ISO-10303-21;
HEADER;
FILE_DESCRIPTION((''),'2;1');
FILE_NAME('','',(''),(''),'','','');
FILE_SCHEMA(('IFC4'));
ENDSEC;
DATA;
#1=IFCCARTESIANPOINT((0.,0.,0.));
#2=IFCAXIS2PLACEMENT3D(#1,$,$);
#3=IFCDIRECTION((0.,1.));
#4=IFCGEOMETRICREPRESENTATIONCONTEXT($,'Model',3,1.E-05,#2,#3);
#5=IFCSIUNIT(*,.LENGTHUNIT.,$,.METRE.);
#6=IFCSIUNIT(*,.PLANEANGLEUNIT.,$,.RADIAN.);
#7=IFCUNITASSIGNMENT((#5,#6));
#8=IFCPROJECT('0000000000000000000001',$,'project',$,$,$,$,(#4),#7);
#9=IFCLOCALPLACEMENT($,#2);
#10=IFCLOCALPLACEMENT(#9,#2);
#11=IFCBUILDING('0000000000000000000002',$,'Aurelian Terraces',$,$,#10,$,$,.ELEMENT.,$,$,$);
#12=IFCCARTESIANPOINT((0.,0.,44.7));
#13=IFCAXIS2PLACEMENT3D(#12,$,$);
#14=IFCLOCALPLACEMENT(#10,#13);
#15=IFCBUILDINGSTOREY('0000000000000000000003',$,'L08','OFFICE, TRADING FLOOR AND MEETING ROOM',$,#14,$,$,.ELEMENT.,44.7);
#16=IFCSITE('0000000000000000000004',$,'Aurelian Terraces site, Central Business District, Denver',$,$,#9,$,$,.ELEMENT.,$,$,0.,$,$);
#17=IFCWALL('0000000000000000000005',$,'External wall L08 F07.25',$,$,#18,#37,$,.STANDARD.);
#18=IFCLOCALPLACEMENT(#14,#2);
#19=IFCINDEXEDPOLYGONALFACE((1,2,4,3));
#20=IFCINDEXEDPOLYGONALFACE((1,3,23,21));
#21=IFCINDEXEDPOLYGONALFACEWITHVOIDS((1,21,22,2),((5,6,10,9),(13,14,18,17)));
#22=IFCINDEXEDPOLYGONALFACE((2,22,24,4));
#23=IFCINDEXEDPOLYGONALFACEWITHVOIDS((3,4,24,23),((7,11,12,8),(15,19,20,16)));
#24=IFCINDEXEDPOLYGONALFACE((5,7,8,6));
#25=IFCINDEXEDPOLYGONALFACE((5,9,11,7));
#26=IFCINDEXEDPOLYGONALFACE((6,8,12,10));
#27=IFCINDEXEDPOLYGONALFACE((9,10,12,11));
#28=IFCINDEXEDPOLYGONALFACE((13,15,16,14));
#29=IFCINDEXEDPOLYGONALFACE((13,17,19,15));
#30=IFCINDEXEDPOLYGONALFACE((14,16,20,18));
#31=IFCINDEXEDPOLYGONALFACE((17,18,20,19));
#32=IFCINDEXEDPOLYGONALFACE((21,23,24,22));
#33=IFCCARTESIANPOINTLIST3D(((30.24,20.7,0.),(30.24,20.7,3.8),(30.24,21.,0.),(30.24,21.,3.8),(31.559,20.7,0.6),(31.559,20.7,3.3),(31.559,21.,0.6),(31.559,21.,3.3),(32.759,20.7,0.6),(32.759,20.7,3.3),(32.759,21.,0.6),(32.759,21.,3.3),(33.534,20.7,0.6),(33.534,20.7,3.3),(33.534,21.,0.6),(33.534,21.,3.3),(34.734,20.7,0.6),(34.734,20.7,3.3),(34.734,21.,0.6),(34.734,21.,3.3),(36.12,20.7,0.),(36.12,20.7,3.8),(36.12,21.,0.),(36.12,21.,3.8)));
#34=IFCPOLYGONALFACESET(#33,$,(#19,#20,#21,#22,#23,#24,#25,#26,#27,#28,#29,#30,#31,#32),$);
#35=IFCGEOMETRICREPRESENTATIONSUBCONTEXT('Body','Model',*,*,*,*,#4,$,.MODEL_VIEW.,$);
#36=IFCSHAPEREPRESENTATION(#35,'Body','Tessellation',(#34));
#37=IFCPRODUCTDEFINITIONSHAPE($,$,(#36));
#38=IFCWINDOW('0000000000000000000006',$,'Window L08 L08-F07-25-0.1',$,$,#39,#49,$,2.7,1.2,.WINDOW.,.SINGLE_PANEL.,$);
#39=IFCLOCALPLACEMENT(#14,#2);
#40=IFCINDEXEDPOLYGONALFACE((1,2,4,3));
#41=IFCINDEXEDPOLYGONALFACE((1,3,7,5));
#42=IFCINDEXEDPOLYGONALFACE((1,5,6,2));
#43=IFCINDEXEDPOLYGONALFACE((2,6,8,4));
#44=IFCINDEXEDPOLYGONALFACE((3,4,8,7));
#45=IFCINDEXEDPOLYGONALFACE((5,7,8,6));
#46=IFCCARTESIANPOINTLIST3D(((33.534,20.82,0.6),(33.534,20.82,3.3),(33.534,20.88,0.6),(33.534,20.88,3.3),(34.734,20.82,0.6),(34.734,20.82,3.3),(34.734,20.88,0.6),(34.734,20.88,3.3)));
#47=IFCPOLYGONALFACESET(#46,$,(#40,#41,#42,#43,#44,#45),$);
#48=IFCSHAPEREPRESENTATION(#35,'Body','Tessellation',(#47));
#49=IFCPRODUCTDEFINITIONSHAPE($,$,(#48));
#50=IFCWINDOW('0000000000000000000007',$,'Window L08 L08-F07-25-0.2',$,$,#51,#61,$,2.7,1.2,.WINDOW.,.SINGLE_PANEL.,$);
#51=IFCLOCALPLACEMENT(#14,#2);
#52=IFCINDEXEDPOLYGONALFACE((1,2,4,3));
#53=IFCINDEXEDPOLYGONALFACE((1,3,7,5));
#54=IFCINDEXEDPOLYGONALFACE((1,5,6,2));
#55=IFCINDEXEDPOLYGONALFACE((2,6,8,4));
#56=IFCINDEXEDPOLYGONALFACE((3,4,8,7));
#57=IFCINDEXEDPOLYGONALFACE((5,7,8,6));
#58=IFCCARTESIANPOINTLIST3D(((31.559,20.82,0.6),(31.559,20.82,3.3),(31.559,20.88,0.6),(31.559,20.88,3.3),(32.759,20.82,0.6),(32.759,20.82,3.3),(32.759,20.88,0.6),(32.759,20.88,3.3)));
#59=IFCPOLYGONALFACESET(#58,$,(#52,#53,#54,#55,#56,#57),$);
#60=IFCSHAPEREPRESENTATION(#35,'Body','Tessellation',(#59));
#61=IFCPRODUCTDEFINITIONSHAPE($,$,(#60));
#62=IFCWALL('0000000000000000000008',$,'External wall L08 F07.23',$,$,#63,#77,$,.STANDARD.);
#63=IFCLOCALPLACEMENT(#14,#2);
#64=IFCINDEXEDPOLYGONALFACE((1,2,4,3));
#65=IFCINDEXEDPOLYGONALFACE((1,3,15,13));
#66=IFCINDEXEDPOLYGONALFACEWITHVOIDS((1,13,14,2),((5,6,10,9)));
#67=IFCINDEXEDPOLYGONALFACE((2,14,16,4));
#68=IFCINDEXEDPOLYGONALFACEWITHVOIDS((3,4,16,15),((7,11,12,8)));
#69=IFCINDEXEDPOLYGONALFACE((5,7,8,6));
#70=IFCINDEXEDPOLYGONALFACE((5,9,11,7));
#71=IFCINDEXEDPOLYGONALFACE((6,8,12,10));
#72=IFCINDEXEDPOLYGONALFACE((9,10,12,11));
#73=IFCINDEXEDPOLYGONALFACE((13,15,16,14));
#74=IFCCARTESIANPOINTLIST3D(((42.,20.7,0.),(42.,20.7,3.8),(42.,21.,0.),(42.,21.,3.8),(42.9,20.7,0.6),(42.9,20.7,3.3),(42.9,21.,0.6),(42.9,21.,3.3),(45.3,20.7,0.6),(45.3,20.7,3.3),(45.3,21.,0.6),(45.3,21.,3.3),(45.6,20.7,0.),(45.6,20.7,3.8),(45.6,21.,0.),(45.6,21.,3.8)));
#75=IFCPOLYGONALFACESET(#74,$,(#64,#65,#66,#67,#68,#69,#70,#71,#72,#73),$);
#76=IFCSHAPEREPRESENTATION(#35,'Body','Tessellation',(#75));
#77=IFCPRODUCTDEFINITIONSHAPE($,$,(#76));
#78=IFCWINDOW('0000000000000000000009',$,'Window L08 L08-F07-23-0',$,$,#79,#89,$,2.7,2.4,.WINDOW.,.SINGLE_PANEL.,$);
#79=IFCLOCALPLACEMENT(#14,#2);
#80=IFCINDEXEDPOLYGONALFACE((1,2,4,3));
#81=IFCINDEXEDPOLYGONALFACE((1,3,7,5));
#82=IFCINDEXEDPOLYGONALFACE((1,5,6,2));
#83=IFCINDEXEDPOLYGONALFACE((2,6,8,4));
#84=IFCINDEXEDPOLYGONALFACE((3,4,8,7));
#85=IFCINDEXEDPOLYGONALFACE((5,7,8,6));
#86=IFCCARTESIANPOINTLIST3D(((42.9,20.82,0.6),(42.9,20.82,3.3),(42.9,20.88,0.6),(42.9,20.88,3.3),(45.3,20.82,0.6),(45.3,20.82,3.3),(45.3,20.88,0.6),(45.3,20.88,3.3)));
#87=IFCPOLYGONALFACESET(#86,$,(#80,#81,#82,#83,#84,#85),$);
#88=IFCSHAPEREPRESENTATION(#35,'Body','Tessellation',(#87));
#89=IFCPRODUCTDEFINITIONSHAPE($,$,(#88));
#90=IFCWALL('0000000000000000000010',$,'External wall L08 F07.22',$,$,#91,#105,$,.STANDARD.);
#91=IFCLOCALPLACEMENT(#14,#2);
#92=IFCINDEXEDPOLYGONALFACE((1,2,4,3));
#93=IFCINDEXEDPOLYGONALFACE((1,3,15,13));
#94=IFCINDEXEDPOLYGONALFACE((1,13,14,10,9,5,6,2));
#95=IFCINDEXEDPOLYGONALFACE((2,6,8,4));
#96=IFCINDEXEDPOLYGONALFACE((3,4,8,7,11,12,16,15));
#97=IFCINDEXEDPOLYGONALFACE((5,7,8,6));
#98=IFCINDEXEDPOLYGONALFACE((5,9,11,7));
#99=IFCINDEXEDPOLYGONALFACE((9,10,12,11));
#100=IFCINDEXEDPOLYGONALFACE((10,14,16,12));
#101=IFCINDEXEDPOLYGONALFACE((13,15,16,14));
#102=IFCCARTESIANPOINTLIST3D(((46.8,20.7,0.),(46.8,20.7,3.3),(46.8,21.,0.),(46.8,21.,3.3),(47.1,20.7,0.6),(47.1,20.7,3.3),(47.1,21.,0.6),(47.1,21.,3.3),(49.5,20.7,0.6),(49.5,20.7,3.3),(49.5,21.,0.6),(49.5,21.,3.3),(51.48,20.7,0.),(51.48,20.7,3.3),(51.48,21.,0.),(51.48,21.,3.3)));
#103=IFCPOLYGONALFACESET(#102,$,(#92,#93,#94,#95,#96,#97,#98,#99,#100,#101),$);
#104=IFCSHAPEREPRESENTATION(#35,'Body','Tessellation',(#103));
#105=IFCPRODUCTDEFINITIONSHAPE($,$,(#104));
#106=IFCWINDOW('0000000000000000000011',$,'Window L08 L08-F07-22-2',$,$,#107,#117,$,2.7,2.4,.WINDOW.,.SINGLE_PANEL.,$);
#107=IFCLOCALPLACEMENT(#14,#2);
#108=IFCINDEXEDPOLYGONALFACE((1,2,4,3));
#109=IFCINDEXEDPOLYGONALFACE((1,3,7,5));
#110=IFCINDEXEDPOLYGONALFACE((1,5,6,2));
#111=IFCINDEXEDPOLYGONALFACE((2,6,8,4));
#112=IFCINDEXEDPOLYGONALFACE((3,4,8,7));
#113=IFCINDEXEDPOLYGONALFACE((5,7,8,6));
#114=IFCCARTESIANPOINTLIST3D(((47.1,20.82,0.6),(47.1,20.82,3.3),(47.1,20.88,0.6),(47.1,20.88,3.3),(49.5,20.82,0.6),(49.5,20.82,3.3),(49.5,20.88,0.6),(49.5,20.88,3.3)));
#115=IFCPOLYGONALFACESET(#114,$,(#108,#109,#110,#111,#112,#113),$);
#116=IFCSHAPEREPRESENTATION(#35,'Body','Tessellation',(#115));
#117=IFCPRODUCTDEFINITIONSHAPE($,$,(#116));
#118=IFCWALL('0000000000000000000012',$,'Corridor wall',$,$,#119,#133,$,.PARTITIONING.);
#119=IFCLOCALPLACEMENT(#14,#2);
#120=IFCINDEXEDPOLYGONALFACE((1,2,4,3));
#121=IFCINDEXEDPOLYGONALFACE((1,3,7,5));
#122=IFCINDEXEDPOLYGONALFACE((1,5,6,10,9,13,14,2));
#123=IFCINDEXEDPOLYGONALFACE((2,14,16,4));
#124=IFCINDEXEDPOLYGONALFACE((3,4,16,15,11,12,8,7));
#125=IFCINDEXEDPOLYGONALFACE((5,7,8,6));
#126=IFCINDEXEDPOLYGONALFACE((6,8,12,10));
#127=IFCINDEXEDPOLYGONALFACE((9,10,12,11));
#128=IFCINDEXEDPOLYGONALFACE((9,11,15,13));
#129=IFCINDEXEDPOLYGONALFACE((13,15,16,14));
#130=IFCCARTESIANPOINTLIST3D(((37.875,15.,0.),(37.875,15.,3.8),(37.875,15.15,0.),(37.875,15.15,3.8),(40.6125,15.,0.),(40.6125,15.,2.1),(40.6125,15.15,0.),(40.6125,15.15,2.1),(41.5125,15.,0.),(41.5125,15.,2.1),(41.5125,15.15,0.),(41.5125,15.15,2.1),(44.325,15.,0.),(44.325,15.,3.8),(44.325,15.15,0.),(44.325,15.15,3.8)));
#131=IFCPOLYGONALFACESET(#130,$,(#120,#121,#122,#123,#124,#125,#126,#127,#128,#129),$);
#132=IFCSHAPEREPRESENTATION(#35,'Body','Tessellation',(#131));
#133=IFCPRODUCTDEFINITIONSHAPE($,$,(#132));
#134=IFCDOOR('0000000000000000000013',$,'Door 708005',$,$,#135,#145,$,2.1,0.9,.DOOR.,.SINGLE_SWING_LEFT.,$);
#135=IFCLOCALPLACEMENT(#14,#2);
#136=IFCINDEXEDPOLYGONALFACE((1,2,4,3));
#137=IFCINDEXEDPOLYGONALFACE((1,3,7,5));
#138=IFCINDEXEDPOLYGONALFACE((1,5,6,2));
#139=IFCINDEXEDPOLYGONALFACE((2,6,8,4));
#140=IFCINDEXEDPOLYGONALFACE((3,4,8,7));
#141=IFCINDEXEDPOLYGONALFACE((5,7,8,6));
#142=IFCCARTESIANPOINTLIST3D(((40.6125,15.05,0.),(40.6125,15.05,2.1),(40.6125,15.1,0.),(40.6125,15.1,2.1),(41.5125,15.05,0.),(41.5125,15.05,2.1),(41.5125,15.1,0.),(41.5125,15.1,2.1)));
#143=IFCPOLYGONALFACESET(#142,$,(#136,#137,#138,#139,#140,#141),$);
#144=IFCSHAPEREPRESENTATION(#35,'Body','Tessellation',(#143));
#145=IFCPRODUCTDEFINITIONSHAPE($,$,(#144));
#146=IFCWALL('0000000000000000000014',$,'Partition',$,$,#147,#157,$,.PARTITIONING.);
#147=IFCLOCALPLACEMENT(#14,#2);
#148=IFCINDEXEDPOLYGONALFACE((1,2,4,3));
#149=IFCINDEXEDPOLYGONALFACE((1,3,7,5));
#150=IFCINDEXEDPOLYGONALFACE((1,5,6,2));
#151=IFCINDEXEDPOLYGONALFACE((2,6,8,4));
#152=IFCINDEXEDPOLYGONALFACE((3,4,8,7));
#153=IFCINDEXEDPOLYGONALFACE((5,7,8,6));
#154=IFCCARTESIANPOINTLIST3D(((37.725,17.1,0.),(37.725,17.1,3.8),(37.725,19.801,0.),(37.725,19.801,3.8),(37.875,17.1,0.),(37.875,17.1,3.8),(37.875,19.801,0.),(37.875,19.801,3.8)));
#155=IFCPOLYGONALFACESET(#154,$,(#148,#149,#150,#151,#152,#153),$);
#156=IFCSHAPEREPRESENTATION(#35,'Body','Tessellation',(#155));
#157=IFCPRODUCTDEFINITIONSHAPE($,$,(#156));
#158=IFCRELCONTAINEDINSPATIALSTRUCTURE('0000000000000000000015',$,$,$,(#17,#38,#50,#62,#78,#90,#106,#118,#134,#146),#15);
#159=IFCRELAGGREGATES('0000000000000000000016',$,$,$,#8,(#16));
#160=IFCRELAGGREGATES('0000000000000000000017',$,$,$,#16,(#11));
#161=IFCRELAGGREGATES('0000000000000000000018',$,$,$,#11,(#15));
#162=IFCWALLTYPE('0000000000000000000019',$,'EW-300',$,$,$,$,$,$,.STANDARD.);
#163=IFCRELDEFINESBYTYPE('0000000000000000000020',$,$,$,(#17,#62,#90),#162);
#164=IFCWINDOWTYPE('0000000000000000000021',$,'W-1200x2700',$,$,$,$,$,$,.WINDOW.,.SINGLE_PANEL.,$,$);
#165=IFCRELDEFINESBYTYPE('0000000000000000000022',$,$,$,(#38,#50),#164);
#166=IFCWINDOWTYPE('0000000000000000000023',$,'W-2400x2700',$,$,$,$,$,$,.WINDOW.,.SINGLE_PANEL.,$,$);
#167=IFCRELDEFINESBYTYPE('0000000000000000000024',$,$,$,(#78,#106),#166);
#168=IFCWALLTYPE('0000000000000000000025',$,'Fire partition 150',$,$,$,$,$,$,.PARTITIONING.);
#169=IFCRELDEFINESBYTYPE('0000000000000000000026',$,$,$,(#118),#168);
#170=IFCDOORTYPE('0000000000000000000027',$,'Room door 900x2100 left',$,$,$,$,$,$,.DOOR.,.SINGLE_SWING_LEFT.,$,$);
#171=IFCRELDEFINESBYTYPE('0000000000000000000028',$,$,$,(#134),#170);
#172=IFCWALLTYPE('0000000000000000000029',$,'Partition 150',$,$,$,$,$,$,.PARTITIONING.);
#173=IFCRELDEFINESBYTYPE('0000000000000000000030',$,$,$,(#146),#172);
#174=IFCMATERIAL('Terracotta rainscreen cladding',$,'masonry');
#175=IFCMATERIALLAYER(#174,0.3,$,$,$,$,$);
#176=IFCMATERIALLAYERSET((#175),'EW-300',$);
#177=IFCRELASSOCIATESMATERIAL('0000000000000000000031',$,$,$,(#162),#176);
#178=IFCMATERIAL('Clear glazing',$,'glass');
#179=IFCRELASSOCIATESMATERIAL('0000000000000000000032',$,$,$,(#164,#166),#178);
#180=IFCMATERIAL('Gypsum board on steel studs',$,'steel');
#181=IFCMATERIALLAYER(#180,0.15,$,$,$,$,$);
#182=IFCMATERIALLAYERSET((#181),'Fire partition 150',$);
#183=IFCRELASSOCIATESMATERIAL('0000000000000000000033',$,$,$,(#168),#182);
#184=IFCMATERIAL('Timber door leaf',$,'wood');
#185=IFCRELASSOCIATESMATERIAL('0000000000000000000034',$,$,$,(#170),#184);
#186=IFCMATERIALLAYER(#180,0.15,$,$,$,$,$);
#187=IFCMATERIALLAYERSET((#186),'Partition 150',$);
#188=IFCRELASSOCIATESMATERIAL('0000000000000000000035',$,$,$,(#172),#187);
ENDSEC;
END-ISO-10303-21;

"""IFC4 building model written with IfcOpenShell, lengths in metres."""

from ifc_helpers import new_model, si_unit, direction, frame, frame_2d, origin, place, context, subcontext, project, spatial, rectangle, extrude, source, transform, mapped, material, layer, layer_set, type_object, element, fill, save


model = new_model("IFC4")

# Units and contexts
model_context = context("Model", 3, precision=1e-05, world=origin(), true_north=direction((0.0, 1.0)))
body_context = subcontext(model_context, "Body", "Model", "MODEL_VIEW")
ifc_project = project(units=[si_unit("LENGTHUNIT", "METRE"), si_unit("PLANEANGLEUNIT", "RADIAN")], contexts=[model_context])

# Site, building, storey
site_placement = place(None, origin())
site = spatial("IfcSite", under=ifc_project, at=site_placement, Name="Aurelian Terraces site, Central Business District, Denver", CompositionType="ELEMENT", RefElevation=0.0)
building_placement = place(site_placement, origin())
building = spatial("IfcBuilding", under=site, at=building_placement, Name="Aurelian Terraces", CompositionType="ELEMENT")
storey_placement = place(building_placement, frame((0.0, 0.0, 44.7)))
storey = spatial("IfcBuildingStorey", under=building, at=storey_placement, Name="L08", Description="OFFICE, TRADING FLOOR AND MEETING ROOM", CompositionType="ELEMENT", Elevation=44.7)

# Shared definitions
ifc_material_1 = material(Name="Terracotta rainscreen cladding", Category="masonry")
ifc_layer_1 = layer(ifc_material_1, 0.3)
ifc_layer_set_1 = layer_set([ifc_layer_1], Name="EW-300")
wall_type_1 = type_object("IfcWallType", Name="EW-300", PredefinedType="STANDARD", material=ifc_layer_set_1)

# Shared definitions
shared_shape_1 = source(origin(), body_context, "Body", "SweptSolid", [
    extrude(rectangle(XDim=5.88, YDim=0.3, at=frame_2d((2.94, 0.0))), origin(), (0.0, 0.0, 1.0), 3.8),
])
ifc_material_2 = material(Name="Clear glazing", Category="glass")

# Wall, openings, windows
wall_1_placement = place(storey_placement, frame((36.12, 20.85, 0.0), z_axis=(0.0, 0.0, 1.0), x_axis=(-1.0, 0.0, 0.0)))
wall_1 = element("IfcWall", 1, at=wall_1_placement, inside=storey, type_object=wall_type_1, Name="External wall L08 F07.25", PredefinedType="STANDARD", context=body_context, shape_type="MappedRepresentation", body=[
    mapped(shared_shape_1, transform((0.0, 0.0, 0.0), scale=1.0)),
])
shared_shape_2 = source(origin(), body_context, "Body", "SweptSolid", [
    extrude(rectangle(XDim=1.2, YDim=2.7, at=frame_2d((0.6, 1.35))), frame((0.0, 0.16, 0.0), z_axis=(0.0, -1.0, 0.0), x_axis=(1.0, 0.0, 0.0)), (0.0, 0.0, 1.0), 0.32),
])
opening_1_placement = place(wall_1_placement, frame((1.386, 0.0, 0.6)))
opening_1 = element("IfcOpeningElement", 2, at=opening_1_placement, cuts=wall_1, PredefinedType="OPENING", context=body_context, shape_type="MappedRepresentation", body=[
    mapped(shared_shape_2, transform((0.0, 0.0, 0.0), scale=1.0)),
])
opening_2_placement = place(wall_1_placement, frame((3.361, 0.0, 0.6)))
opening_2 = element("IfcOpeningElement", 3, at=opening_2_placement, cuts=wall_1, PredefinedType="OPENING", context=body_context, shape_type="MappedRepresentation", body=[
    mapped(shared_shape_2, transform((0.0, 0.0, 0.0), scale=1.0)),
])
window_type_1 = type_object("IfcWindowType", Name="W-1200x2700", PartitioningType="SINGLE_PANEL", PredefinedType="WINDOW", material=ifc_material_2)
shared_shape_3 = source(origin(), body_context, "Body", "SweptSolid", [
    extrude(rectangle(XDim=1.2, YDim=2.7, at=frame_2d((0.6, 1.35))), frame((0.0, 0.03, 0.0), z_axis=(0.0, -1.0, 0.0), x_axis=(1.0, 0.0, 0.0)), (0.0, 0.0, 1.0), 0.06),
])
window_1_placement = place(opening_1_placement, origin())
window_1 = element("IfcWindow", 4, at=window_1_placement, inside=storey, type_object=window_type_1, Name="Window L08 L08-F07-25-0.1", OverallHeight=2.7, OverallWidth=1.2, PartitioningType="SINGLE_PANEL", PredefinedType="WINDOW", context=body_context, shape_type="MappedRepresentation", body=[
    mapped(shared_shape_3, transform((0.0, 0.0, 0.0), scale=1.0)),
])
fill(opening_1, window_1)
window_2_placement = place(opening_2_placement, origin())
window_2 = element("IfcWindow", 5, at=window_2_placement, inside=storey, type_object=window_type_1, Name="Window L08 L08-F07-25-0.2", OverallHeight=2.7, OverallWidth=1.2, PartitioningType="SINGLE_PANEL", PredefinedType="WINDOW", context=body_context, shape_type="MappedRepresentation", body=[
    mapped(shared_shape_3, transform((0.0, 0.0, 0.0), scale=1.0)),
])
fill(opening_2, window_2)

# Walls, openings, windows
shared_shape_4 = source(origin(), body_context, "Body", "SweptSolid", [
    extrude(rectangle(XDim=3.6, YDim=0.3, at=frame_2d((1.8, 0.0))), origin(), (0.0, 0.0, 1.0), 3.8),
])
wall_2_placement = place(storey_placement, frame((45.6, 20.85, 0.0), z_axis=(0.0, 0.0, 1.0), x_axis=(-1.0, 0.0, 0.0)))
wall_2 = element("IfcWall", 6, at=wall_2_placement, inside=storey, type_object=wall_type_1, Name="External wall L08 F07.23", PredefinedType="STANDARD", context=body_context, shape_type="MappedRepresentation", body=[
    mapped(shared_shape_4, transform((0.0, 0.0, 0.0), scale=1.0)),
])
shared_shape_5 = source(origin(), body_context, "Body", "SweptSolid", [
    extrude(rectangle(XDim=2.4, YDim=2.7, at=frame_2d((1.2, 1.35))), frame((0.0, 0.16, 0.0), z_axis=(0.0, -1.0, 0.0), x_axis=(1.0, 0.0, 0.0)), (0.0, 0.0, 1.0), 0.32),
])
opening_3_placement = place(wall_2_placement, frame((0.3, 0.0, 0.6)))
opening_3 = element("IfcOpeningElement", 7, at=opening_3_placement, cuts=wall_2, PredefinedType="OPENING", context=body_context, shape_type="MappedRepresentation", body=[
    mapped(shared_shape_5, transform((0.0, 0.0, 0.0), scale=1.0)),
])
window_type_2 = type_object("IfcWindowType", Name="W-2400x2700", PartitioningType="SINGLE_PANEL", PredefinedType="WINDOW", material=ifc_material_2)
shared_shape_6 = source(origin(), body_context, "Body", "SweptSolid", [
    extrude(rectangle(XDim=2.4, YDim=2.7, at=frame_2d((1.2, 1.35))), frame((0.0, 0.03, 0.0), z_axis=(0.0, -1.0, 0.0), x_axis=(1.0, 0.0, 0.0)), (0.0, 0.0, 1.0), 0.06),
])
window_3_placement = place(opening_3_placement, origin())
window_3 = element("IfcWindow", 8, at=window_3_placement, inside=storey, type_object=window_type_2, Name="Window L08 L08-F07-23-0", OverallHeight=2.7, OverallWidth=2.4, PartitioningType="SINGLE_PANEL", PredefinedType="WINDOW", context=body_context, shape_type="MappedRepresentation", body=[
    mapped(shared_shape_6, transform((0.0, 0.0, 0.0), scale=1.0)),
])
fill(opening_3, window_3)
shared_shape_7 = source(origin(), body_context, "Body", "SweptSolid", [
    extrude(rectangle(XDim=4.68, YDim=0.3, at=frame_2d((2.34, 0.0))), origin(), (0.0, 0.0, 1.0), 3.3),
])
wall_3_placement = place(storey_placement, frame((51.48, 20.85, 0.0), z_axis=(0.0, 0.0, 1.0), x_axis=(-1.0, 0.0, 0.0)))
wall_3 = element("IfcWall", 9, at=wall_3_placement, inside=storey, type_object=wall_type_1, Name="External wall L08 F07.22", PredefinedType="STANDARD", context=body_context, shape_type="MappedRepresentation", body=[
    mapped(shared_shape_7, transform((0.0, 0.0, 0.0), scale=1.0)),
])
opening_4_placement = place(wall_3_placement, frame((1.98, 0.0, 0.6)))
opening_4 = element("IfcOpeningElement", 10, at=opening_4_placement, cuts=wall_3, PredefinedType="OPENING", context=body_context, shape_type="MappedRepresentation", body=[
    mapped(shared_shape_5, transform((0.0, 0.0, 0.0), scale=1.0)),
])
window_4_placement = place(opening_4_placement, origin())
window_4 = element("IfcWindow", 11, at=window_4_placement, inside=storey, type_object=window_type_2, Name="Window L08 L08-F07-22-2", OverallHeight=2.7, OverallWidth=2.4, PartitioningType="SINGLE_PANEL", PredefinedType="WINDOW", context=body_context, shape_type="MappedRepresentation", body=[
    mapped(shared_shape_6, transform((0.0, 0.0, 0.0), scale=1.0)),
])
fill(opening_4, window_4)

# Wall, opening, door
ifc_material_3 = material(Name="Gypsum board on steel studs", Category="steel")
ifc_layer_2 = layer(ifc_material_3, 0.15)
ifc_layer_set_2 = layer_set([ifc_layer_2], Name="Fire partition 150")
wall_type_2 = type_object("IfcWallType", Name="Fire partition 150", PredefinedType="PARTITIONING", material=ifc_layer_set_2)
shared_shape_8 = source(origin(), body_context, "Body", "SweptSolid", [
    extrude(rectangle(XDim=6.45, YDim=0.15, at=frame_2d((3.225, 0.0))), origin(), (0.0, 0.0, 1.0), 3.8),
])
wall_4_placement = place(storey_placement, frame((44.325, 15.075, 0.0), z_axis=(0.0, 0.0, 1.0), x_axis=(-1.0, 0.0, 0.0)))
wall_4 = element("IfcWall", 12, at=wall_4_placement, inside=storey, type_object=wall_type_2, Name="Corridor wall", PredefinedType="PARTITIONING", context=body_context, shape_type="MappedRepresentation", body=[
    mapped(shared_shape_8, transform((0.0, 0.0, 0.0), scale=1.0)),
])
shared_shape_9 = source(origin(), body_context, "Body", "SweptSolid", [
    extrude(rectangle(XDim=0.9, YDim=2.1, at=frame_2d((0.45, 1.05))), frame((0.0, 0.085, 0.0), z_axis=(0.0, -1.0, 0.0), x_axis=(1.0, 0.0, 0.0)), (0.0, 0.0, 1.0), 0.17),
])
opening_5_placement = place(wall_4_placement, frame((2.8125, 0.0, 0.0)))
opening_5 = element("IfcOpeningElement", 13, at=opening_5_placement, cuts=wall_4, PredefinedType="OPENING", context=body_context, shape_type="MappedRepresentation", body=[
    mapped(shared_shape_9, transform((0.0, 0.0, 0.0), scale=1.0)),
])
ifc_material_4 = material(Name="Timber door leaf", Category="wood")
door_type_1 = type_object("IfcDoorType", Name="Room door 900x2100 left", OperationType="SINGLE_SWING_LEFT", PredefinedType="DOOR", material=ifc_material_4)
shared_shape_10 = source(origin(), body_context, "Body", "SweptSolid", [
    extrude(rectangle(XDim=0.9, YDim=2.1, at=frame_2d((0.45, 1.05))), frame((0.0, 0.025, 0.0), z_axis=(0.0, -1.0, 0.0), x_axis=(1.0, 0.0, 0.0)), (0.0, 0.0, 1.0), 0.05),
])
door_1_placement = place(opening_5_placement, origin())
door_1 = element("IfcDoor", 14, at=door_1_placement, inside=storey, type_object=door_type_1, Name="Door 708005", OperationType="SINGLE_SWING_LEFT", OverallHeight=2.1, OverallWidth=0.9, PredefinedType="DOOR", context=body_context, shape_type="MappedRepresentation", body=[
    mapped(shared_shape_10, transform((0.0, 0.0, 0.0), scale=1.0)),
])
fill(opening_5, door_1)

# Wall
ifc_layer_3 = layer(ifc_material_3, 0.15)
ifc_layer_set_3 = layer_set([ifc_layer_3], Name="Partition 150")
wall_type_3 = type_object("IfcWallType", Name="Partition 150", PredefinedType="PARTITIONING", material=ifc_layer_set_3)
shared_shape_11 = source(origin(), body_context, "Body", "SweptSolid", [
    extrude(rectangle(XDim=2.701, YDim=0.15, at=frame_2d((1.3505, 0.0))), origin(), (0.0, 0.0, 1.0), 3.8),
])
for number, where, z_axis, x_axis, name in (
    (15, (37.8, 17.1, 0.0), (0.0, 0.0, 1.0), (0.0, 1.0, 0.0), "Partition"),
):
    element("IfcWall", number, at=place(storey_placement, frame(where, z_axis=z_axis, x_axis=x_axis)), inside=storey, type_object=wall_type_3, Name=name, PredefinedType="PARTITIONING", context=body_context, shape_type="MappedRepresentation", body=[
        mapped(shared_shape_11, transform((0.0, 0.0, 0.0), scale=1.0)),
    ])

save(model, "model.ifc")
